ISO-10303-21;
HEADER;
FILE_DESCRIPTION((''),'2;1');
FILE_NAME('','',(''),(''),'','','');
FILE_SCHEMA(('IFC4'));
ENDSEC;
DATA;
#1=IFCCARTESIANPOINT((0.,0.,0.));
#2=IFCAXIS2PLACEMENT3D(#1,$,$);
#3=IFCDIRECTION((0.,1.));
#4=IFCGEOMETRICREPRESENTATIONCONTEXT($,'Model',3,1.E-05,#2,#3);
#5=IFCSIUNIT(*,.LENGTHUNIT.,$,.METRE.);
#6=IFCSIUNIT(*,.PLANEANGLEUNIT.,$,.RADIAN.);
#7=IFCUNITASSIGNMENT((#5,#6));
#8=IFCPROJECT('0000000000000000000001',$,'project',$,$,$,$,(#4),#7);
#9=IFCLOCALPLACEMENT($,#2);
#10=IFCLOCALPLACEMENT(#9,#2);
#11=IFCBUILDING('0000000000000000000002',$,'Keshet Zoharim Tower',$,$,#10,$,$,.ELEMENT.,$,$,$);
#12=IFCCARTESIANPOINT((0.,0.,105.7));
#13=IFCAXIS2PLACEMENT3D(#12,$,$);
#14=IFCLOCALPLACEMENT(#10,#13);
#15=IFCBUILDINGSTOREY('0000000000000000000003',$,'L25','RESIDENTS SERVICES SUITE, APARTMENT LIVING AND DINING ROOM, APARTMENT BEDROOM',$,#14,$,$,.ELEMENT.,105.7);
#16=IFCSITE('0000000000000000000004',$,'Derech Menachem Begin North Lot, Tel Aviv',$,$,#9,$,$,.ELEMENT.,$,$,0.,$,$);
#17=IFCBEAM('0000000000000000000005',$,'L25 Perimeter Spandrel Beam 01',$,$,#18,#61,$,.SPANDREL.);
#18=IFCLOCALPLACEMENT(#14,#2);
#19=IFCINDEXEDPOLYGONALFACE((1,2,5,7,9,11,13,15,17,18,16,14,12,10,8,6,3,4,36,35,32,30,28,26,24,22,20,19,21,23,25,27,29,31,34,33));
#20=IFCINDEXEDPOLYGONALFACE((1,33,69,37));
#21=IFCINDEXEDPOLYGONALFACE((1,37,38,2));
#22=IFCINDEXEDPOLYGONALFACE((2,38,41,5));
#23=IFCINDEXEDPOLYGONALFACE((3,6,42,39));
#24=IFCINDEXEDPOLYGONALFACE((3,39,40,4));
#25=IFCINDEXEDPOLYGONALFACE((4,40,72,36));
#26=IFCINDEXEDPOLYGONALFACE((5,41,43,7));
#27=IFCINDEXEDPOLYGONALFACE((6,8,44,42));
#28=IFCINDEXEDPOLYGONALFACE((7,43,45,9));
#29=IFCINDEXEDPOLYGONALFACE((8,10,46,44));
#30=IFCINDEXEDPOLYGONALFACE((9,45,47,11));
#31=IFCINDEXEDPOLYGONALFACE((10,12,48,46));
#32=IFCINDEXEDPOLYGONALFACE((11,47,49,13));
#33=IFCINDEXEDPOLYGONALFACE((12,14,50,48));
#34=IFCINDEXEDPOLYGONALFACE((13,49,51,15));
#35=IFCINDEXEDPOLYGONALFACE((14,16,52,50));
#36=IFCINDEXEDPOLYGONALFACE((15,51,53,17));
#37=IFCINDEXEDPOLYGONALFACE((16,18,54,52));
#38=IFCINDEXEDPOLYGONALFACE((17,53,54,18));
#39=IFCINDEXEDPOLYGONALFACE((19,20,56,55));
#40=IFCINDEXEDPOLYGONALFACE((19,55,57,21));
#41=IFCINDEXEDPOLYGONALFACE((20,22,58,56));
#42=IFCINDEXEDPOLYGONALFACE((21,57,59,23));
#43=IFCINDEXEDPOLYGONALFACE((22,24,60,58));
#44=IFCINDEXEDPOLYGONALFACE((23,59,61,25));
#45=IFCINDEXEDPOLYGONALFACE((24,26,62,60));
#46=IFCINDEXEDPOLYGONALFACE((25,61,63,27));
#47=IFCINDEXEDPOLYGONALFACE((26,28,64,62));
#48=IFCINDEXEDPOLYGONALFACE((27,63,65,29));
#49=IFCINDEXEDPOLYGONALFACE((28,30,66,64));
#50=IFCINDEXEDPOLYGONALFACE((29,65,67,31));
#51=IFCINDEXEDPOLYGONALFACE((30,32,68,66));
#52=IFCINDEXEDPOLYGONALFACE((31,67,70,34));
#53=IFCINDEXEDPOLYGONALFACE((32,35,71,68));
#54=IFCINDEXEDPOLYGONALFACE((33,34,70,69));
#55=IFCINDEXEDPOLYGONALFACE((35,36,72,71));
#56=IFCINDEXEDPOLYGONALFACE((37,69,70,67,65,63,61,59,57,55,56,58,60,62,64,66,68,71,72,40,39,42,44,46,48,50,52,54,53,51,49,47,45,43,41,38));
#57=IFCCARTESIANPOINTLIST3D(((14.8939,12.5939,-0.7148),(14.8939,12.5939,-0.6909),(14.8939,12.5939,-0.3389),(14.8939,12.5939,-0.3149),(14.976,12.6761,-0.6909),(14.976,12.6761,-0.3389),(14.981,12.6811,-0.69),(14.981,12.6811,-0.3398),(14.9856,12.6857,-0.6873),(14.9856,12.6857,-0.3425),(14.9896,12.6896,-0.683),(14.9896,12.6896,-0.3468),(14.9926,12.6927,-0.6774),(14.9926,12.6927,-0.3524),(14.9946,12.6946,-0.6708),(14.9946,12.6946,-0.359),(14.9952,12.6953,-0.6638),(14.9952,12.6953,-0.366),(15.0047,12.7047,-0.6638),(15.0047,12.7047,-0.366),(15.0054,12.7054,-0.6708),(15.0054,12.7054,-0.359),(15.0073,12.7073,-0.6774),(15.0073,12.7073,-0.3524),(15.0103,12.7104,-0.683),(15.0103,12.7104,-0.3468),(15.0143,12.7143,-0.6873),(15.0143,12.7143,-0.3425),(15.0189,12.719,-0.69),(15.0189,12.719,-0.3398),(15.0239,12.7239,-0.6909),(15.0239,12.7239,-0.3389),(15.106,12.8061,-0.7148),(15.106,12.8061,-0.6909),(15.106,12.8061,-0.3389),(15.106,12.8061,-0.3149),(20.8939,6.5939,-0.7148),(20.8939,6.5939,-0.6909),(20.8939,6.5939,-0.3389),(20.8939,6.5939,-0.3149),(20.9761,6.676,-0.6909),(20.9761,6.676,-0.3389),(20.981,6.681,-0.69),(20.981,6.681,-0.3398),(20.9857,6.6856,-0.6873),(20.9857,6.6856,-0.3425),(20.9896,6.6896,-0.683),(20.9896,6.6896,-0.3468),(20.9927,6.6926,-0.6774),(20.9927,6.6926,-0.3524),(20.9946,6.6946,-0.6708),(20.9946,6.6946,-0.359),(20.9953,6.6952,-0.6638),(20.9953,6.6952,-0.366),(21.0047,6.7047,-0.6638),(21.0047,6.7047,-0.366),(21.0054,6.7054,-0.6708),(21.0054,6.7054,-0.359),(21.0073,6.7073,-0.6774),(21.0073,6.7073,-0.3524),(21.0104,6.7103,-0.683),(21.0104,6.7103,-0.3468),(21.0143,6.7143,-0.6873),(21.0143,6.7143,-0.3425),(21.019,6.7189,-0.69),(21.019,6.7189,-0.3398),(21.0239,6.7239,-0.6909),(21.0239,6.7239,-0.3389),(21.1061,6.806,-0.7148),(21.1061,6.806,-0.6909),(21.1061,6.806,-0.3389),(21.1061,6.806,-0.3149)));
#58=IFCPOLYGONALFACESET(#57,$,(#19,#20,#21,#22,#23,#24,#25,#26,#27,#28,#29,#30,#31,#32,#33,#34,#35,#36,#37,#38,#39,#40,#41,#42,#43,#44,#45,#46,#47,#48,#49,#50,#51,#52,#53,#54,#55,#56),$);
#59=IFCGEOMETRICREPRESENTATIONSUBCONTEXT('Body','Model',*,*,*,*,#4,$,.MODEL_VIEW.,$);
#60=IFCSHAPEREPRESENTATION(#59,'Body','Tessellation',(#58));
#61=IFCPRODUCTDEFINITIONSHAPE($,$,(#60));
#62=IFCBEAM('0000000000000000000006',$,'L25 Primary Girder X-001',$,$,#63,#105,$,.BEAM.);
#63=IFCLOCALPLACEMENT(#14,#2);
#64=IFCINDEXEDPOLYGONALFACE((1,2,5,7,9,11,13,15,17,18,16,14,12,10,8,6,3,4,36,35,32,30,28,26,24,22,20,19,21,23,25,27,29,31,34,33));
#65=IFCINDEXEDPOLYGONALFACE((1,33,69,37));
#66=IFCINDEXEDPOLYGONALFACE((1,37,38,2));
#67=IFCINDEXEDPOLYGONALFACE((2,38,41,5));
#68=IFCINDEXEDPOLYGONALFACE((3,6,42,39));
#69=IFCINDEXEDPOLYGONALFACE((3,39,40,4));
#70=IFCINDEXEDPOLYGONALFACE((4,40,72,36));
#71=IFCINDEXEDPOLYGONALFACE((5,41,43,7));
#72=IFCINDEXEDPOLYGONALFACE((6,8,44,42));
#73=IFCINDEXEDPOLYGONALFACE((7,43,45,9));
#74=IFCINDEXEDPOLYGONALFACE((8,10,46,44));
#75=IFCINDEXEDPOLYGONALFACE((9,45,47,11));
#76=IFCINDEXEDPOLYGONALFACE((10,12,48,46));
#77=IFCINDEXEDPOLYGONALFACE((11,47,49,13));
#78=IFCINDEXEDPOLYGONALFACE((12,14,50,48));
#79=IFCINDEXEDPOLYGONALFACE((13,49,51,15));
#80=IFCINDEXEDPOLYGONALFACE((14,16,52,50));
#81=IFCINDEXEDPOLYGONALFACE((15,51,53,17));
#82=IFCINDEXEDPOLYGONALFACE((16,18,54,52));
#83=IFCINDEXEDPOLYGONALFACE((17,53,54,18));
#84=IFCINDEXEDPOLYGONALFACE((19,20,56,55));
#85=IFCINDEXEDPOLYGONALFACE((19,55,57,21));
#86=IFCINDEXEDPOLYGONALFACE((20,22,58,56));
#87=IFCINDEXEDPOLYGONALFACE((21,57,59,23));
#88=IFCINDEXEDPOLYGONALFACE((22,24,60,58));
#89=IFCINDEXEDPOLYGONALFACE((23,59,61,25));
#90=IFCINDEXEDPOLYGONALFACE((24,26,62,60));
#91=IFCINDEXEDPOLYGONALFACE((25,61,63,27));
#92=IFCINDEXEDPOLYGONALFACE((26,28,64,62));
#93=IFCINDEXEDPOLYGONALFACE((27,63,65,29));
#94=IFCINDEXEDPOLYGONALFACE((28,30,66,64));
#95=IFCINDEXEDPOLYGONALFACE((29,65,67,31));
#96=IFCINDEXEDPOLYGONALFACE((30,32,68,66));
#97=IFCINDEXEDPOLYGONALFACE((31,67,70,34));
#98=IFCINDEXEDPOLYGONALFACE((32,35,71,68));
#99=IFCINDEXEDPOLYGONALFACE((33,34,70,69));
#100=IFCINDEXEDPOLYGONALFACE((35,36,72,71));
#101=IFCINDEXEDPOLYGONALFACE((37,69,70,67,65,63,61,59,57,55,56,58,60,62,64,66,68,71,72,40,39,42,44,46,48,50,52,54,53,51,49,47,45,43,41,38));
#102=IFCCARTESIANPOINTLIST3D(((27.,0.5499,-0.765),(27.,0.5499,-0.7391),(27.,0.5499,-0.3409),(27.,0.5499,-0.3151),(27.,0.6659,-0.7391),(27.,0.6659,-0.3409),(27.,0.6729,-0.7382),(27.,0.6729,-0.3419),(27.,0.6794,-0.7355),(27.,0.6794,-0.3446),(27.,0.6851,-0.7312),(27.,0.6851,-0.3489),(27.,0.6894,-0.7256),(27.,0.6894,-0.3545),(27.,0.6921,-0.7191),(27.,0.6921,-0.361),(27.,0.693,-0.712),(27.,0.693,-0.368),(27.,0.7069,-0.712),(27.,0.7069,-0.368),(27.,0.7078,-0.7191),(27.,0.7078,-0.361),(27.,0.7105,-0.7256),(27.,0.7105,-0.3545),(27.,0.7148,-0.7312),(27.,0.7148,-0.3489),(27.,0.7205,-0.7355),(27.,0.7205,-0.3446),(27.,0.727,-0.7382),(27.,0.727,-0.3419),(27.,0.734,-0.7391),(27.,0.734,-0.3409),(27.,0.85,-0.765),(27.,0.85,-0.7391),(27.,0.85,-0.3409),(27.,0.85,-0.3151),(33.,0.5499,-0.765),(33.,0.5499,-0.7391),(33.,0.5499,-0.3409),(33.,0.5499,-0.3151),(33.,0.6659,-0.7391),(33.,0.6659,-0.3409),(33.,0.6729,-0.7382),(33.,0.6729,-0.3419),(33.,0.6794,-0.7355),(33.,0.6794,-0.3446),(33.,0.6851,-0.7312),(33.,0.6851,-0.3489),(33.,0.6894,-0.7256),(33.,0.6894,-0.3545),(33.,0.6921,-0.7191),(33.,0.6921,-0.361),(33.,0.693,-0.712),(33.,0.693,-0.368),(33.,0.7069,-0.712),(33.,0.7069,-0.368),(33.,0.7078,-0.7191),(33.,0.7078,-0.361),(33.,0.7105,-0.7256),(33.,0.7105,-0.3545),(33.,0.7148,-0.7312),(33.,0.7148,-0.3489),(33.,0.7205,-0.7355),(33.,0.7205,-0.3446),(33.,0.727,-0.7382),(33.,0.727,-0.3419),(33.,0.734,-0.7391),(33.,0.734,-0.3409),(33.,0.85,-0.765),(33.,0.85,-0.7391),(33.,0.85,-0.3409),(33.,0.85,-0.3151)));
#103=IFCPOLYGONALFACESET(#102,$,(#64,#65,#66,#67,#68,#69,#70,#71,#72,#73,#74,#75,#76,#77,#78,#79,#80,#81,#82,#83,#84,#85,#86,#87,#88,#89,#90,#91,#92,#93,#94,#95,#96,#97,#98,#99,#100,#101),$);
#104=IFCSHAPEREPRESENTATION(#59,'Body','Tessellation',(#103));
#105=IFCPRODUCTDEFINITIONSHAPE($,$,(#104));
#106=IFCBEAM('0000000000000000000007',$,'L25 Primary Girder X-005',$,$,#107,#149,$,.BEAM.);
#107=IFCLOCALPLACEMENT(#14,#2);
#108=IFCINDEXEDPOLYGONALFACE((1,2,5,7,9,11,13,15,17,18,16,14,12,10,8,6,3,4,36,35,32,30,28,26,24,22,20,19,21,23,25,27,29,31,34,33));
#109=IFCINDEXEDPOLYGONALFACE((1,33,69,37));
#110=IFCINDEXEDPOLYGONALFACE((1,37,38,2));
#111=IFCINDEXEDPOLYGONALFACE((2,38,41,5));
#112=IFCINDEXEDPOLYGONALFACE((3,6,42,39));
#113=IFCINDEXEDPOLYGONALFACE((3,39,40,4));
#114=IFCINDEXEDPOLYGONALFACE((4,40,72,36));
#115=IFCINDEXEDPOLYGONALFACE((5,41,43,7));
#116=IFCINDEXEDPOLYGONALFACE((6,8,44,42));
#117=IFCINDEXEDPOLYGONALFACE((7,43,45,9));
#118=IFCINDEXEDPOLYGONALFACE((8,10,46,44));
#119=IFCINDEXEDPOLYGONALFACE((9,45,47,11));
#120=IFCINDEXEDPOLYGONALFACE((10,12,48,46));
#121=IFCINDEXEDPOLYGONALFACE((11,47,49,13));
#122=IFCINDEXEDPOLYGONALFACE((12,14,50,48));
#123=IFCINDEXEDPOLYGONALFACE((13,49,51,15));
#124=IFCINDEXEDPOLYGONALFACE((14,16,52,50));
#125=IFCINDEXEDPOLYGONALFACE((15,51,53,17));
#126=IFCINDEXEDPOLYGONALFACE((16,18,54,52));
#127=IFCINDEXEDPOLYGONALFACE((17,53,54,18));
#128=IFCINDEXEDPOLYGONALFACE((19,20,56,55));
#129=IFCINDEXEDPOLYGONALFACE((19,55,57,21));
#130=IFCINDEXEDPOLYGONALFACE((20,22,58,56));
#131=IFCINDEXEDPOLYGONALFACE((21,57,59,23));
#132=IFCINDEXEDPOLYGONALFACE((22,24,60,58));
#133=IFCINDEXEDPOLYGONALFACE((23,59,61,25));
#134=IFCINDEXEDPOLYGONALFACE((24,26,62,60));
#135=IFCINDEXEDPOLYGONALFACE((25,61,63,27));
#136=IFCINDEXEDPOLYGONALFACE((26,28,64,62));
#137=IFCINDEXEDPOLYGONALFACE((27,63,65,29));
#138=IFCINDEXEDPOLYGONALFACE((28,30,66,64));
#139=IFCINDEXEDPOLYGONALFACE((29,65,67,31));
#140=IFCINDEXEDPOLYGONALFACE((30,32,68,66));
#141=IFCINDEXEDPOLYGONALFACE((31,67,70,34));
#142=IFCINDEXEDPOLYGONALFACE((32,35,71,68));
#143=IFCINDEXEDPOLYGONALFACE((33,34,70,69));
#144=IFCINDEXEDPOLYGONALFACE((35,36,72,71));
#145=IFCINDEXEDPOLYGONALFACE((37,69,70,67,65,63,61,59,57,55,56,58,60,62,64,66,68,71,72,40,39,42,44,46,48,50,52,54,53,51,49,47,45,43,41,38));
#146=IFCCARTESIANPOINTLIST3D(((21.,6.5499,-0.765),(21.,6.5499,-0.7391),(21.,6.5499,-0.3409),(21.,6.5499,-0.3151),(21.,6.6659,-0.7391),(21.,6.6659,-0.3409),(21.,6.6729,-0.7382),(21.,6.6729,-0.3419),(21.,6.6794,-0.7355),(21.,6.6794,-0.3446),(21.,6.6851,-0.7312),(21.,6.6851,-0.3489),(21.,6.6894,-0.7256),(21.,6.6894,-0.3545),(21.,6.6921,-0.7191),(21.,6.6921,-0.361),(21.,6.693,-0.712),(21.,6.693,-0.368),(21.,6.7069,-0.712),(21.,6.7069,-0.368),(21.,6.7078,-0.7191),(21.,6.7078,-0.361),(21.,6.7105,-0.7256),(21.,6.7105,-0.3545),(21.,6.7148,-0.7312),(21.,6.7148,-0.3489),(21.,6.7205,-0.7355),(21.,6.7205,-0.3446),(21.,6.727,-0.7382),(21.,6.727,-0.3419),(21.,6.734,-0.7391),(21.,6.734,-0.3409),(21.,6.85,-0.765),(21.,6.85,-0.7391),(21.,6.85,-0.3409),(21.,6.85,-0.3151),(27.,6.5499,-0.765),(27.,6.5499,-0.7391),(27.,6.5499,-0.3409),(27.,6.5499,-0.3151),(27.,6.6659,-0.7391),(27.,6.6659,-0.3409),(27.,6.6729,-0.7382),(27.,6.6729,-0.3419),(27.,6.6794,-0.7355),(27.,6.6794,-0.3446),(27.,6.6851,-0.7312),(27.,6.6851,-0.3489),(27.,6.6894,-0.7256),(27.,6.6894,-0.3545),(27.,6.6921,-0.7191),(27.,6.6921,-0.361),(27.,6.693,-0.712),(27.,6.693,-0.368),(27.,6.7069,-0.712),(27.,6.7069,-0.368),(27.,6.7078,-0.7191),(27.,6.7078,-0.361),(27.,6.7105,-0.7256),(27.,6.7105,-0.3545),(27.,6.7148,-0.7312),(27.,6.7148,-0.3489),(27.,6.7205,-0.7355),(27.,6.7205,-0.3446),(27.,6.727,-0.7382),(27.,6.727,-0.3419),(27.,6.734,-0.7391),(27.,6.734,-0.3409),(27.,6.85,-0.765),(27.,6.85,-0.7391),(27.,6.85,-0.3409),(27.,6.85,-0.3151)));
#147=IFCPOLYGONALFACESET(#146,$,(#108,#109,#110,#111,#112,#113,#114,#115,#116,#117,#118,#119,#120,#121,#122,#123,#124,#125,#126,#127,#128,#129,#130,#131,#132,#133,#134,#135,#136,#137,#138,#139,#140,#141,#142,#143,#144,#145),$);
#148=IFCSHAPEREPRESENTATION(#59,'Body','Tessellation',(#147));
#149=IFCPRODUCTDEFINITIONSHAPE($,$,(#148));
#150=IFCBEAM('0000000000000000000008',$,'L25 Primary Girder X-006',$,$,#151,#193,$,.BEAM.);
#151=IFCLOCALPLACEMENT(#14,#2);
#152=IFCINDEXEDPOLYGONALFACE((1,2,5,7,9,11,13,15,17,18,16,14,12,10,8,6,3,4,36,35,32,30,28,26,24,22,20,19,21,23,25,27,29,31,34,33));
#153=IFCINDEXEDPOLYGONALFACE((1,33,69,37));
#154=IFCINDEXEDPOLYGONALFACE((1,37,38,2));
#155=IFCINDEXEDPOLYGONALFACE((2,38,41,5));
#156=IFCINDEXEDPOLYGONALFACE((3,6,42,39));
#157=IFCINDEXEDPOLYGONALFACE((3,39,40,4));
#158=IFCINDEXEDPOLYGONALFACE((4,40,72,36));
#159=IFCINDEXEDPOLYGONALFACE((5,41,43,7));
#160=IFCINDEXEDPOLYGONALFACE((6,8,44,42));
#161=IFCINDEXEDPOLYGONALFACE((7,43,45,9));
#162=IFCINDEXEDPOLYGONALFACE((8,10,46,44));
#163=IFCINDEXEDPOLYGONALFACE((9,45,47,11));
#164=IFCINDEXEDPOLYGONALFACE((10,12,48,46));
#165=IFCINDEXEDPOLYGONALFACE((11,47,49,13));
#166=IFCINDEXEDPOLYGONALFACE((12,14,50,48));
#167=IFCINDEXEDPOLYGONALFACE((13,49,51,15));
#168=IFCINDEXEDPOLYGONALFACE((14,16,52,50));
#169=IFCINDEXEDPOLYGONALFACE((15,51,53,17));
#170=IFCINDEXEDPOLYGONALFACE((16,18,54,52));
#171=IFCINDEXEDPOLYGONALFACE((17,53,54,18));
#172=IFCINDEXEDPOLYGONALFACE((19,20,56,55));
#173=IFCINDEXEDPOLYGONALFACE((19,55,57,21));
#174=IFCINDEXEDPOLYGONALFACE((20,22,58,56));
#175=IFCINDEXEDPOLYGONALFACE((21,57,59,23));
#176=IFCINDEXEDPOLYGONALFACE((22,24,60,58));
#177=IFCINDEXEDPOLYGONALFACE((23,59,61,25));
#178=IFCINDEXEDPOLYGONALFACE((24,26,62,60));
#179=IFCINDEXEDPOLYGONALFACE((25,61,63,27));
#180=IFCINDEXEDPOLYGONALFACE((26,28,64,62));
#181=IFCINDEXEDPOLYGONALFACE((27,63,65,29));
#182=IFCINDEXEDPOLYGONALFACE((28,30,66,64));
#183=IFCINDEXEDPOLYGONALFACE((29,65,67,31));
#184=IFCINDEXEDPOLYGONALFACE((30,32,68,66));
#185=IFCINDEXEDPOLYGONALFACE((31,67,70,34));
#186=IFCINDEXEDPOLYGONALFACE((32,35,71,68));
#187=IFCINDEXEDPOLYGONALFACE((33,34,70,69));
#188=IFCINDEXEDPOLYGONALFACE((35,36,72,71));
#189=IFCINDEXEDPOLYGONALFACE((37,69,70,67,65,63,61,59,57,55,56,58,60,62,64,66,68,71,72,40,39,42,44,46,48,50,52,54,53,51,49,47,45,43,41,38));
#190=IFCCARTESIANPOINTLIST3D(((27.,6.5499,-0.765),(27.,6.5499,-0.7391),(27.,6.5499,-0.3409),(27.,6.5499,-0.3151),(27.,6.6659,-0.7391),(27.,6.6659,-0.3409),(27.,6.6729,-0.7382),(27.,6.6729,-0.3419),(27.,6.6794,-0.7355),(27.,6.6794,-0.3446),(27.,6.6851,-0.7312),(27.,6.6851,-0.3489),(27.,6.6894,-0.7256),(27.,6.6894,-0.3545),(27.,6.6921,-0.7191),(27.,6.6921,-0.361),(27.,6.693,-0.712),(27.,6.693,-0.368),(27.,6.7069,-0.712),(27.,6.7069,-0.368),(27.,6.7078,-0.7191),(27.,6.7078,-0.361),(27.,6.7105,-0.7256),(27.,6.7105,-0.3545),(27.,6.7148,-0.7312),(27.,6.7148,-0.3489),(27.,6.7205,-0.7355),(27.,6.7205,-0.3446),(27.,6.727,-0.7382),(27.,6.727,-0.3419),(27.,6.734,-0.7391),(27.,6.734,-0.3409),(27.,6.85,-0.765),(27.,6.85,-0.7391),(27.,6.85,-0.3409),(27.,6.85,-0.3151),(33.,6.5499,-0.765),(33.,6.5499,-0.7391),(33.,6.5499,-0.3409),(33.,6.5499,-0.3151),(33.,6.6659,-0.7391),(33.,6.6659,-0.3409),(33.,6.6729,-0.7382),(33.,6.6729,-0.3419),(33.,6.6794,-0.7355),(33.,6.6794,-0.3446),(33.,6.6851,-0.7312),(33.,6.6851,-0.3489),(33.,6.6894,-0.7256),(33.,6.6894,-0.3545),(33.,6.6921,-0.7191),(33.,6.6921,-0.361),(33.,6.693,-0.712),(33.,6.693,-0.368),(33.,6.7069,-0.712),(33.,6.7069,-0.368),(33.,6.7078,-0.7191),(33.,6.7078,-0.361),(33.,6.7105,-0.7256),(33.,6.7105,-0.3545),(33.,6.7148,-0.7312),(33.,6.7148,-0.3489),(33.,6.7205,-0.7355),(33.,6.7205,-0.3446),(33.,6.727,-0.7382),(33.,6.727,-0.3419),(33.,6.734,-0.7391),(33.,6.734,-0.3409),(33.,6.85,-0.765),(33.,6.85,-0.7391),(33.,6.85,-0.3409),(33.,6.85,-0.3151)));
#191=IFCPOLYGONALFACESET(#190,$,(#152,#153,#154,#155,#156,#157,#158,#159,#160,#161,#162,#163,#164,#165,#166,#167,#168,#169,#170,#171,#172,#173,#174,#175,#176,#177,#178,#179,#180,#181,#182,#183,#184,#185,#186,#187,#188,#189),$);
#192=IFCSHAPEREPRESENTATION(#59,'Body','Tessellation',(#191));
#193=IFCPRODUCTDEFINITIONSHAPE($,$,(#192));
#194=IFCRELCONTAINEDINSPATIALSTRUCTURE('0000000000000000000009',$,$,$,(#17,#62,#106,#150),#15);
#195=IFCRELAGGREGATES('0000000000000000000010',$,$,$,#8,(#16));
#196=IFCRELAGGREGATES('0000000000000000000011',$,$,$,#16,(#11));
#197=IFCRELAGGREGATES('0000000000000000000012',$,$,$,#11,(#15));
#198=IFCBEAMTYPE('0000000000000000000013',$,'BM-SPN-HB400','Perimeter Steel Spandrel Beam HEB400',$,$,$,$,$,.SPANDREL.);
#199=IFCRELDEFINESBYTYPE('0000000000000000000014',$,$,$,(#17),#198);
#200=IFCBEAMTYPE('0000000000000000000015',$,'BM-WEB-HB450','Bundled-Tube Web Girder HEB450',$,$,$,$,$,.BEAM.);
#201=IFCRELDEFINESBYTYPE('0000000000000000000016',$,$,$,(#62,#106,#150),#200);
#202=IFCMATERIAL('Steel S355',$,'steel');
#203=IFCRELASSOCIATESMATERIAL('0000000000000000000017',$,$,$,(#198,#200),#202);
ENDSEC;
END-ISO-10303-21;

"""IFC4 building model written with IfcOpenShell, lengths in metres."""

from ifc_helpers import new_model, si_unit, direction, frame, origin, origin_2d, place, context, subcontext, project, spatial, i_section, extrude, material, material_profile, profile_set, type_object, element, save


model = new_model("IFC4")

# Units and contexts
model_context = context("Model", 3, precision=1e-05, world=origin(), true_north=direction((0.0, 1.0)))
body_context = subcontext(model_context, "Body", "Model", "MODEL_VIEW")
ifc_project = project(units=[si_unit("LENGTHUNIT", "METRE"), si_unit("PLANEANGLEUNIT", "RADIAN")], contexts=[model_context])

# Site, building, storey
site_placement = place(None, origin())
site = spatial("IfcSite", under=ifc_project, at=site_placement, Name="Derech Menachem Begin North Lot, Tel Aviv", CompositionType="ELEMENT", RefElevation=0.0)
building_placement = place(site_placement, origin())
building = spatial("IfcBuilding", under=site, at=building_placement, Name="Keshet Zoharim Tower", CompositionType="ELEMENT")
storey_placement = place(building_placement, frame((0.0, 0.0, 105.7)))
storey = spatial("IfcBuildingStorey", under=building, at=storey_placement, Name="L25", Description="RESIDENTS SERVICES SUITE, APARTMENT LIVING AND DINING ROOM, APARTMENT BEDROOM", CompositionType="ELEMENT", Elevation=105.7)

# Shared definitions
ifc_material_1 = material(Name="Steel S355", Category="steel")

# Beams
ifc_material_profile_1 = material_profile(ifc_material_1, i_section(OverallWidth=0.3, OverallDepth=0.3999, WebThickness=0.0134, FlangeThickness=0.0239, FilletRadius=0.0271, at=origin_2d()), Name="HEB400")
ifc_profile_set_1 = profile_set([ifc_material_profile_1], Name="Steel S355")
beam_type_1 = type_object("IfcBeamType", Name="BM-SPN-HB400", Description="Perimeter Steel Spandrel Beam HEB400", PredefinedType="SPANDREL", material=ifc_profile_set_1)
beam_1_placement = place(storey_placement, frame((21.0, 6.7, -0.5149), z_axis=(-0.707107, 0.707107, 0.0), x_axis=(-0.707107, -0.707107, 0.0)))
element("IfcBeam", 1, at=beam_1_placement, inside=storey, type_object=beam_type_1, Name="L25 Perimeter Spandrel Beam 01", PredefinedType="SPANDREL", context=body_context, shape_type="SweptSolid", body=[
    extrude(i_section(OverallWidth=0.3, OverallDepth=0.3999, WebThickness=0.0134, FlangeThickness=0.0239, FilletRadius=0.0271, at=origin_2d()), origin(), (0.0, 0.0, 1.0), 8.4854),
])
ifc_material_profile_2 = material_profile(ifc_material_1, i_section(OverallWidth=0.3, OverallDepth=0.45, WebThickness=0.0139, FlangeThickness=0.0259, FilletRadius=0.0271, at=origin_2d()), Name="HEB450")
ifc_profile_set_2 = profile_set([ifc_material_profile_2], Name="Steel S355")
beam_type_2 = type_object("IfcBeamType", Name="BM-WEB-HB450", Description="Bundled-Tube Web Girder HEB450", PredefinedType="BEAM", material=ifc_profile_set_2)
for number, where, z_axis, x_axis, name in (
    (2, (27.0, 0.7, -0.54), (1.0, 0.0, 0.0), (0.0, 1.0, 0.0), "L25 Primary Girder X-001"),
    (3, (21.0, 6.7, -0.54), (1.0, 0.0, 0.0), (0.0, 1.0, 0.0), "L25 Primary Girder X-005"),
    (4, (27.0, 6.7, -0.54), (1.0, 0.0, 0.0), (0.0, 1.0, 0.0), "L25 Primary Girder X-006"),
):
    element("IfcBeam", number, at=place(storey_placement, frame(where, z_axis=z_axis, x_axis=x_axis)), inside=storey, type_object=beam_type_2, Name=name, PredefinedType="BEAM", context=body_context, shape_type="SweptSolid", body=[
        extrude(i_section(OverallWidth=0.3, OverallDepth=0.45, WebThickness=0.0139, FlangeThickness=0.0259, FilletRadius=0.0271, at=origin_2d()), origin(), (0.0, 0.0, 1.0), 6.0),
    ])

save(model, "model.ifc")
